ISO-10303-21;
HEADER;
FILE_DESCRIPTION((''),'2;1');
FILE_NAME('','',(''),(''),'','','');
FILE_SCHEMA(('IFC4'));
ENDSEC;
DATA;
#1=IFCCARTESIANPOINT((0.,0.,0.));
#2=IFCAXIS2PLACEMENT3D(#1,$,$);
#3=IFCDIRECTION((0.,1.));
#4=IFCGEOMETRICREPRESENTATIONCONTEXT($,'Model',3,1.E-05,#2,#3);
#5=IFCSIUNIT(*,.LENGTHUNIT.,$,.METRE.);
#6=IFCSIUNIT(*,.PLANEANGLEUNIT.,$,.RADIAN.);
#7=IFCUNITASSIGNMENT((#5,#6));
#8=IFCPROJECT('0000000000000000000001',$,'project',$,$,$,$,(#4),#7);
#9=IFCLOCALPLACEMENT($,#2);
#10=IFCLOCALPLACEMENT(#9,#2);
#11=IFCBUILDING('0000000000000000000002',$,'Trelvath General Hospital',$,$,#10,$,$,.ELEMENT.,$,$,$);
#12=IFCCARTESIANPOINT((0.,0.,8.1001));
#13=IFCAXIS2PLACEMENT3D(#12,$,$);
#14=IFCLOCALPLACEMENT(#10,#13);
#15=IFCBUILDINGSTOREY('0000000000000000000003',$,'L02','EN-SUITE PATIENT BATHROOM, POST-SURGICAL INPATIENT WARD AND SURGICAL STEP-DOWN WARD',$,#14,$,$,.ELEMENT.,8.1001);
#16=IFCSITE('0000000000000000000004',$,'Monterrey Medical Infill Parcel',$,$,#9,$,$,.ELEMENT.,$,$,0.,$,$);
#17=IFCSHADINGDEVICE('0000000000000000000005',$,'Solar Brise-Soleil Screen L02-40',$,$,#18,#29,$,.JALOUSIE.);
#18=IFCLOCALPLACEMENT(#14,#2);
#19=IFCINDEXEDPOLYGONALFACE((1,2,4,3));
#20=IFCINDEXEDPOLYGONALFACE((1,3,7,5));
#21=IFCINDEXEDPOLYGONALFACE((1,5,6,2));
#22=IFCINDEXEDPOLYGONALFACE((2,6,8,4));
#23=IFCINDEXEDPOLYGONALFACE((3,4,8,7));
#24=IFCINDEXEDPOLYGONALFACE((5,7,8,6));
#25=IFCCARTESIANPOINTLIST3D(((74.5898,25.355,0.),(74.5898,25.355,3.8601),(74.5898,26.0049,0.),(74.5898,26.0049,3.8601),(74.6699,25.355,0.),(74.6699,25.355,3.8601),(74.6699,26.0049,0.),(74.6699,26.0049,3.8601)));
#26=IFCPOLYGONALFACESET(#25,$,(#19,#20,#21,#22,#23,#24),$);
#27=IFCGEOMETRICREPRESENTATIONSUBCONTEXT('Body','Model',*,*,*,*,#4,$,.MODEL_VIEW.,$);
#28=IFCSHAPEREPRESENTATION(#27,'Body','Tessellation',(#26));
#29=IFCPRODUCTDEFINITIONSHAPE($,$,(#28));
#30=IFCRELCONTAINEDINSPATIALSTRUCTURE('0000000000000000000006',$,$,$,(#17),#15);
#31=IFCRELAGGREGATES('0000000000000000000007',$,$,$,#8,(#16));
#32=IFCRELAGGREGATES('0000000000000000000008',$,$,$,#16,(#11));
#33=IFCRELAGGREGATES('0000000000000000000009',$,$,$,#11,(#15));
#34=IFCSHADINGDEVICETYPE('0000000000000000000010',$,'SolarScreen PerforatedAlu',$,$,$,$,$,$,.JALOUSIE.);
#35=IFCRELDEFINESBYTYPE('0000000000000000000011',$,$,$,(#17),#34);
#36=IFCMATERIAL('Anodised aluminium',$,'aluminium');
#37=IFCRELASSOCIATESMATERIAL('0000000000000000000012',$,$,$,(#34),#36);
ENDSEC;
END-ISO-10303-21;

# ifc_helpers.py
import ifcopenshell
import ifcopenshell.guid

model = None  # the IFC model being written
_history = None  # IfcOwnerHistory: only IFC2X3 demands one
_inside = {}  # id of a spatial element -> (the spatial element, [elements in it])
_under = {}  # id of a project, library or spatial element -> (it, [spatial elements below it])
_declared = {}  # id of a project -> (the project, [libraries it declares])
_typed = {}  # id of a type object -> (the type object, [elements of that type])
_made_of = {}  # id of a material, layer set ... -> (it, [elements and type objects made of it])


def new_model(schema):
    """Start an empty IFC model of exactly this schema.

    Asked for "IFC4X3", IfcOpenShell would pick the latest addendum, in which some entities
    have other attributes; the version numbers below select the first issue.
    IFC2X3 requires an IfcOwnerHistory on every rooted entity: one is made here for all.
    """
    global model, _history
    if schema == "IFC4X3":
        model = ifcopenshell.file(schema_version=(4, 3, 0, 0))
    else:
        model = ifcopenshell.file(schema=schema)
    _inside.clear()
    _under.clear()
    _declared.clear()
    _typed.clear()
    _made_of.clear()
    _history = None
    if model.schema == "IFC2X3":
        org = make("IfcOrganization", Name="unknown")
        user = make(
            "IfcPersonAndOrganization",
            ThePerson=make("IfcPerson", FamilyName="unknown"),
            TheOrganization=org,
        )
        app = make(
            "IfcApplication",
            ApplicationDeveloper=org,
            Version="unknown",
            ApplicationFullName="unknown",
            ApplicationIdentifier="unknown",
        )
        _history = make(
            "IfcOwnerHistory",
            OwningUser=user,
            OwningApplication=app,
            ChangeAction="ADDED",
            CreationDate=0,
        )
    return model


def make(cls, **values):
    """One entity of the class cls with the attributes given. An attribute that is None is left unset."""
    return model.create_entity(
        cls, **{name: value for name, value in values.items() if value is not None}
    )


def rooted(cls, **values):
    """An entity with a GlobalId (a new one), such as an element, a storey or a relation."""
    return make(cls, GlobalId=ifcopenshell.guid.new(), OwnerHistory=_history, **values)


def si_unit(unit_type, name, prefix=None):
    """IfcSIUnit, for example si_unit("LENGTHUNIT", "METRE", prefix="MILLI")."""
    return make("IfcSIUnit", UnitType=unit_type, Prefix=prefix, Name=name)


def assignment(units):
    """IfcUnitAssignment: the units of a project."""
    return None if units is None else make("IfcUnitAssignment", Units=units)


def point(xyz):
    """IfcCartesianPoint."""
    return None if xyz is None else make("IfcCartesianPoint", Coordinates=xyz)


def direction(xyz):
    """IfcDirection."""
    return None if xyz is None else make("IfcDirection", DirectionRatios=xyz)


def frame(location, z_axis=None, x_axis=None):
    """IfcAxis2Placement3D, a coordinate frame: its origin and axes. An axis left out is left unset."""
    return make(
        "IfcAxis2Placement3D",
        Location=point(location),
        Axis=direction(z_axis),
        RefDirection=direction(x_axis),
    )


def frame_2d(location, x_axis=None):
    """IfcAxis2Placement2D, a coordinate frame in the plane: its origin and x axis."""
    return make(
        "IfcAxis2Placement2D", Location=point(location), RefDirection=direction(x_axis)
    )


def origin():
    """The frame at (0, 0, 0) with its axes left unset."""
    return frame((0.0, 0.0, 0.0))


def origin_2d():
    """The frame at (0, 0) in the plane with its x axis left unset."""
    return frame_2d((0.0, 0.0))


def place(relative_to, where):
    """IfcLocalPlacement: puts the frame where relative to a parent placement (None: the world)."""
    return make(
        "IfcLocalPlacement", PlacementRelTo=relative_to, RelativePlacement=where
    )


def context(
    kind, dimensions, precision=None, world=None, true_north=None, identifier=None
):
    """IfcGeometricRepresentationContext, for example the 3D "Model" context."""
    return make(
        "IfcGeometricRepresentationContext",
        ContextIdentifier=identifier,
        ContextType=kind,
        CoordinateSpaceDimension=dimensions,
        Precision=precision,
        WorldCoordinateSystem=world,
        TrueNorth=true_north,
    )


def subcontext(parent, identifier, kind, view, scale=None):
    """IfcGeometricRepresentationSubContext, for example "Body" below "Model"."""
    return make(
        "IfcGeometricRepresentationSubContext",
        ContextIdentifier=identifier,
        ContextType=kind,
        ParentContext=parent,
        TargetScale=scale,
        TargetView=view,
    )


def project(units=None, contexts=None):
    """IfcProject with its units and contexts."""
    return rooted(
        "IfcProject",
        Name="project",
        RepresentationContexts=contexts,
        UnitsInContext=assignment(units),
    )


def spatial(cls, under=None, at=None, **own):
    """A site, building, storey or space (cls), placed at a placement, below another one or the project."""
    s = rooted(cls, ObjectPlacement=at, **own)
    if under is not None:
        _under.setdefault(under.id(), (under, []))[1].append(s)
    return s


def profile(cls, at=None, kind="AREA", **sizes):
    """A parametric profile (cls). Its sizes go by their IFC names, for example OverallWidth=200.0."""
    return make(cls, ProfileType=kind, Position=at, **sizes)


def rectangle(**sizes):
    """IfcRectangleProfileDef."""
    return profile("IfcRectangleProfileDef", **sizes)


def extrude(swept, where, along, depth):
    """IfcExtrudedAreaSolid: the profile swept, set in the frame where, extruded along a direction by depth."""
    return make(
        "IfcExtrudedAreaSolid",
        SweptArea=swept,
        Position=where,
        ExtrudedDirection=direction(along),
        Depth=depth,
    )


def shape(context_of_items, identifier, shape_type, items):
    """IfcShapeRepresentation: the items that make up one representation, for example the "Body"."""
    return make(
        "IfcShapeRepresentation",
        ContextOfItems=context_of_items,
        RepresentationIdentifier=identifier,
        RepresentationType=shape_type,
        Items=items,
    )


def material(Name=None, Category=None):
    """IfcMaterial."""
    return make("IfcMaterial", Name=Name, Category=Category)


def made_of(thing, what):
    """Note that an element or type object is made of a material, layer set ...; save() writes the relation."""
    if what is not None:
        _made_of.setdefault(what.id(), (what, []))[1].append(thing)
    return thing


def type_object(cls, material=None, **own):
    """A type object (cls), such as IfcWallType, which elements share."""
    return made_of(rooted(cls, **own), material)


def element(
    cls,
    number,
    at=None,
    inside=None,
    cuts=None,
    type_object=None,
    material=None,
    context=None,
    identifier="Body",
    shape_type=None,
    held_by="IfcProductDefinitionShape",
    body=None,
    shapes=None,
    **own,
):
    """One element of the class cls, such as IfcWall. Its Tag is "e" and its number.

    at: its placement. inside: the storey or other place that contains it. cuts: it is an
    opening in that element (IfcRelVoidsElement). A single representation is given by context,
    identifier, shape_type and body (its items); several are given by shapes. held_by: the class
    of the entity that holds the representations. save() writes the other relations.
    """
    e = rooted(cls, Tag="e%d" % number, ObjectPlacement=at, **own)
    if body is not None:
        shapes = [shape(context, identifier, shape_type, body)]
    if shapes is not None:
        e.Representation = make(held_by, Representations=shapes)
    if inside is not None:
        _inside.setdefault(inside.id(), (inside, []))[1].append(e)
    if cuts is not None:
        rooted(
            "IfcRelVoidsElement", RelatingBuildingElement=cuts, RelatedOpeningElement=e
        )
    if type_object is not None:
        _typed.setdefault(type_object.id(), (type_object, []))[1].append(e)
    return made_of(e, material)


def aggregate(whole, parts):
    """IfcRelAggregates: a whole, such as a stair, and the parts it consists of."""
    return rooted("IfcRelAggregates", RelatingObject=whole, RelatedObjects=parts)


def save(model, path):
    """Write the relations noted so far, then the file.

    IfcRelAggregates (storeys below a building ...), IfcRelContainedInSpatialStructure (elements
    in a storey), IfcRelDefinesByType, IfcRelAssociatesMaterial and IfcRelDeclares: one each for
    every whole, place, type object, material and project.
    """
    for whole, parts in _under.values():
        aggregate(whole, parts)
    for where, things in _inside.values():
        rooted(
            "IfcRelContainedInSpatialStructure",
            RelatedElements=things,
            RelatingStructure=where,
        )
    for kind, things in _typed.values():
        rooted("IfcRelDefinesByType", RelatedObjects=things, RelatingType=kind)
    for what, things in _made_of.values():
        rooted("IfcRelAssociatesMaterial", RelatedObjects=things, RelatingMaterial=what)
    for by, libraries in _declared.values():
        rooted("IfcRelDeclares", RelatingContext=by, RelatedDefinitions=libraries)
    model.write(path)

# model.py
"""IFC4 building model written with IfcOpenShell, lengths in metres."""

from ifc_helpers import new_model, si_unit, direction, frame, origin, origin_2d, place, context, subcontext, project, spatial, rectangle, extrude, material, type_object, element, save


model = new_model("IFC4")

# Units and contexts
model_context = context("Model", 3, precision=1e-05, world=origin(), true_north=direction((0.0, 1.0)))
body_context = subcontext(model_context, "Body", "Model", "MODEL_VIEW")
ifc_project = project(units=[si_unit("LENGTHUNIT", "METRE"), si_unit("PLANEANGLEUNIT", "RADIAN")], contexts=[model_context])

# Site, building, storey
site_placement = place(None, origin())
site = spatial("IfcSite", under=ifc_project, at=site_placement, Name="Monterrey Medical Infill Parcel", CompositionType="ELEMENT", RefElevation=0.0)
building_placement = place(site_placement, origin())
building = spatial("IfcBuilding", under=site, at=building_placement, Name="Trelvath General Hospital", CompositionType="ELEMENT")
storey_placement = place(building_placement, frame((0.0, 0.0, 8.1001)))
storey = spatial("IfcBuildingStorey", under=building, at=storey_placement, Name="L02", Description="EN-SUITE PATIENT BATHROOM, POST-SURGICAL INPATIENT WARD AND SURGICAL STEP-DOWN WARD", CompositionType="ELEMENT", Elevation=8.1001)

# Shading device
ifc_material_1 = material(Name="Anodised aluminium", Category="aluminium")
shading_device_type = type_object("IfcShadingDeviceType", Name="SolarScreen PerforatedAlu", PredefinedType="JALOUSIE", material=ifc_material_1)
shading_device_placement = place(storey_placement, frame((74.6299, 25.6799, 0.0), z_axis=(0.0, 0.0, 1.0), x_axis=(0.0, 1.0, 0.0)))
element("IfcShadingDevice", 1, at=shading_device_placement, inside=storey, type_object=shading_device_type, Name="Solar Brise-Soleil Screen L02-40", PredefinedType="JALOUSIE", context=body_context, shape_type="SweptSolid", body=[
    extrude(rectangle(XDim=0.6499, YDim=0.0801, at=origin_2d()), origin(), (0.0, 0.0, 1.0), 3.8601),
])

save(model, "model.ifc")
